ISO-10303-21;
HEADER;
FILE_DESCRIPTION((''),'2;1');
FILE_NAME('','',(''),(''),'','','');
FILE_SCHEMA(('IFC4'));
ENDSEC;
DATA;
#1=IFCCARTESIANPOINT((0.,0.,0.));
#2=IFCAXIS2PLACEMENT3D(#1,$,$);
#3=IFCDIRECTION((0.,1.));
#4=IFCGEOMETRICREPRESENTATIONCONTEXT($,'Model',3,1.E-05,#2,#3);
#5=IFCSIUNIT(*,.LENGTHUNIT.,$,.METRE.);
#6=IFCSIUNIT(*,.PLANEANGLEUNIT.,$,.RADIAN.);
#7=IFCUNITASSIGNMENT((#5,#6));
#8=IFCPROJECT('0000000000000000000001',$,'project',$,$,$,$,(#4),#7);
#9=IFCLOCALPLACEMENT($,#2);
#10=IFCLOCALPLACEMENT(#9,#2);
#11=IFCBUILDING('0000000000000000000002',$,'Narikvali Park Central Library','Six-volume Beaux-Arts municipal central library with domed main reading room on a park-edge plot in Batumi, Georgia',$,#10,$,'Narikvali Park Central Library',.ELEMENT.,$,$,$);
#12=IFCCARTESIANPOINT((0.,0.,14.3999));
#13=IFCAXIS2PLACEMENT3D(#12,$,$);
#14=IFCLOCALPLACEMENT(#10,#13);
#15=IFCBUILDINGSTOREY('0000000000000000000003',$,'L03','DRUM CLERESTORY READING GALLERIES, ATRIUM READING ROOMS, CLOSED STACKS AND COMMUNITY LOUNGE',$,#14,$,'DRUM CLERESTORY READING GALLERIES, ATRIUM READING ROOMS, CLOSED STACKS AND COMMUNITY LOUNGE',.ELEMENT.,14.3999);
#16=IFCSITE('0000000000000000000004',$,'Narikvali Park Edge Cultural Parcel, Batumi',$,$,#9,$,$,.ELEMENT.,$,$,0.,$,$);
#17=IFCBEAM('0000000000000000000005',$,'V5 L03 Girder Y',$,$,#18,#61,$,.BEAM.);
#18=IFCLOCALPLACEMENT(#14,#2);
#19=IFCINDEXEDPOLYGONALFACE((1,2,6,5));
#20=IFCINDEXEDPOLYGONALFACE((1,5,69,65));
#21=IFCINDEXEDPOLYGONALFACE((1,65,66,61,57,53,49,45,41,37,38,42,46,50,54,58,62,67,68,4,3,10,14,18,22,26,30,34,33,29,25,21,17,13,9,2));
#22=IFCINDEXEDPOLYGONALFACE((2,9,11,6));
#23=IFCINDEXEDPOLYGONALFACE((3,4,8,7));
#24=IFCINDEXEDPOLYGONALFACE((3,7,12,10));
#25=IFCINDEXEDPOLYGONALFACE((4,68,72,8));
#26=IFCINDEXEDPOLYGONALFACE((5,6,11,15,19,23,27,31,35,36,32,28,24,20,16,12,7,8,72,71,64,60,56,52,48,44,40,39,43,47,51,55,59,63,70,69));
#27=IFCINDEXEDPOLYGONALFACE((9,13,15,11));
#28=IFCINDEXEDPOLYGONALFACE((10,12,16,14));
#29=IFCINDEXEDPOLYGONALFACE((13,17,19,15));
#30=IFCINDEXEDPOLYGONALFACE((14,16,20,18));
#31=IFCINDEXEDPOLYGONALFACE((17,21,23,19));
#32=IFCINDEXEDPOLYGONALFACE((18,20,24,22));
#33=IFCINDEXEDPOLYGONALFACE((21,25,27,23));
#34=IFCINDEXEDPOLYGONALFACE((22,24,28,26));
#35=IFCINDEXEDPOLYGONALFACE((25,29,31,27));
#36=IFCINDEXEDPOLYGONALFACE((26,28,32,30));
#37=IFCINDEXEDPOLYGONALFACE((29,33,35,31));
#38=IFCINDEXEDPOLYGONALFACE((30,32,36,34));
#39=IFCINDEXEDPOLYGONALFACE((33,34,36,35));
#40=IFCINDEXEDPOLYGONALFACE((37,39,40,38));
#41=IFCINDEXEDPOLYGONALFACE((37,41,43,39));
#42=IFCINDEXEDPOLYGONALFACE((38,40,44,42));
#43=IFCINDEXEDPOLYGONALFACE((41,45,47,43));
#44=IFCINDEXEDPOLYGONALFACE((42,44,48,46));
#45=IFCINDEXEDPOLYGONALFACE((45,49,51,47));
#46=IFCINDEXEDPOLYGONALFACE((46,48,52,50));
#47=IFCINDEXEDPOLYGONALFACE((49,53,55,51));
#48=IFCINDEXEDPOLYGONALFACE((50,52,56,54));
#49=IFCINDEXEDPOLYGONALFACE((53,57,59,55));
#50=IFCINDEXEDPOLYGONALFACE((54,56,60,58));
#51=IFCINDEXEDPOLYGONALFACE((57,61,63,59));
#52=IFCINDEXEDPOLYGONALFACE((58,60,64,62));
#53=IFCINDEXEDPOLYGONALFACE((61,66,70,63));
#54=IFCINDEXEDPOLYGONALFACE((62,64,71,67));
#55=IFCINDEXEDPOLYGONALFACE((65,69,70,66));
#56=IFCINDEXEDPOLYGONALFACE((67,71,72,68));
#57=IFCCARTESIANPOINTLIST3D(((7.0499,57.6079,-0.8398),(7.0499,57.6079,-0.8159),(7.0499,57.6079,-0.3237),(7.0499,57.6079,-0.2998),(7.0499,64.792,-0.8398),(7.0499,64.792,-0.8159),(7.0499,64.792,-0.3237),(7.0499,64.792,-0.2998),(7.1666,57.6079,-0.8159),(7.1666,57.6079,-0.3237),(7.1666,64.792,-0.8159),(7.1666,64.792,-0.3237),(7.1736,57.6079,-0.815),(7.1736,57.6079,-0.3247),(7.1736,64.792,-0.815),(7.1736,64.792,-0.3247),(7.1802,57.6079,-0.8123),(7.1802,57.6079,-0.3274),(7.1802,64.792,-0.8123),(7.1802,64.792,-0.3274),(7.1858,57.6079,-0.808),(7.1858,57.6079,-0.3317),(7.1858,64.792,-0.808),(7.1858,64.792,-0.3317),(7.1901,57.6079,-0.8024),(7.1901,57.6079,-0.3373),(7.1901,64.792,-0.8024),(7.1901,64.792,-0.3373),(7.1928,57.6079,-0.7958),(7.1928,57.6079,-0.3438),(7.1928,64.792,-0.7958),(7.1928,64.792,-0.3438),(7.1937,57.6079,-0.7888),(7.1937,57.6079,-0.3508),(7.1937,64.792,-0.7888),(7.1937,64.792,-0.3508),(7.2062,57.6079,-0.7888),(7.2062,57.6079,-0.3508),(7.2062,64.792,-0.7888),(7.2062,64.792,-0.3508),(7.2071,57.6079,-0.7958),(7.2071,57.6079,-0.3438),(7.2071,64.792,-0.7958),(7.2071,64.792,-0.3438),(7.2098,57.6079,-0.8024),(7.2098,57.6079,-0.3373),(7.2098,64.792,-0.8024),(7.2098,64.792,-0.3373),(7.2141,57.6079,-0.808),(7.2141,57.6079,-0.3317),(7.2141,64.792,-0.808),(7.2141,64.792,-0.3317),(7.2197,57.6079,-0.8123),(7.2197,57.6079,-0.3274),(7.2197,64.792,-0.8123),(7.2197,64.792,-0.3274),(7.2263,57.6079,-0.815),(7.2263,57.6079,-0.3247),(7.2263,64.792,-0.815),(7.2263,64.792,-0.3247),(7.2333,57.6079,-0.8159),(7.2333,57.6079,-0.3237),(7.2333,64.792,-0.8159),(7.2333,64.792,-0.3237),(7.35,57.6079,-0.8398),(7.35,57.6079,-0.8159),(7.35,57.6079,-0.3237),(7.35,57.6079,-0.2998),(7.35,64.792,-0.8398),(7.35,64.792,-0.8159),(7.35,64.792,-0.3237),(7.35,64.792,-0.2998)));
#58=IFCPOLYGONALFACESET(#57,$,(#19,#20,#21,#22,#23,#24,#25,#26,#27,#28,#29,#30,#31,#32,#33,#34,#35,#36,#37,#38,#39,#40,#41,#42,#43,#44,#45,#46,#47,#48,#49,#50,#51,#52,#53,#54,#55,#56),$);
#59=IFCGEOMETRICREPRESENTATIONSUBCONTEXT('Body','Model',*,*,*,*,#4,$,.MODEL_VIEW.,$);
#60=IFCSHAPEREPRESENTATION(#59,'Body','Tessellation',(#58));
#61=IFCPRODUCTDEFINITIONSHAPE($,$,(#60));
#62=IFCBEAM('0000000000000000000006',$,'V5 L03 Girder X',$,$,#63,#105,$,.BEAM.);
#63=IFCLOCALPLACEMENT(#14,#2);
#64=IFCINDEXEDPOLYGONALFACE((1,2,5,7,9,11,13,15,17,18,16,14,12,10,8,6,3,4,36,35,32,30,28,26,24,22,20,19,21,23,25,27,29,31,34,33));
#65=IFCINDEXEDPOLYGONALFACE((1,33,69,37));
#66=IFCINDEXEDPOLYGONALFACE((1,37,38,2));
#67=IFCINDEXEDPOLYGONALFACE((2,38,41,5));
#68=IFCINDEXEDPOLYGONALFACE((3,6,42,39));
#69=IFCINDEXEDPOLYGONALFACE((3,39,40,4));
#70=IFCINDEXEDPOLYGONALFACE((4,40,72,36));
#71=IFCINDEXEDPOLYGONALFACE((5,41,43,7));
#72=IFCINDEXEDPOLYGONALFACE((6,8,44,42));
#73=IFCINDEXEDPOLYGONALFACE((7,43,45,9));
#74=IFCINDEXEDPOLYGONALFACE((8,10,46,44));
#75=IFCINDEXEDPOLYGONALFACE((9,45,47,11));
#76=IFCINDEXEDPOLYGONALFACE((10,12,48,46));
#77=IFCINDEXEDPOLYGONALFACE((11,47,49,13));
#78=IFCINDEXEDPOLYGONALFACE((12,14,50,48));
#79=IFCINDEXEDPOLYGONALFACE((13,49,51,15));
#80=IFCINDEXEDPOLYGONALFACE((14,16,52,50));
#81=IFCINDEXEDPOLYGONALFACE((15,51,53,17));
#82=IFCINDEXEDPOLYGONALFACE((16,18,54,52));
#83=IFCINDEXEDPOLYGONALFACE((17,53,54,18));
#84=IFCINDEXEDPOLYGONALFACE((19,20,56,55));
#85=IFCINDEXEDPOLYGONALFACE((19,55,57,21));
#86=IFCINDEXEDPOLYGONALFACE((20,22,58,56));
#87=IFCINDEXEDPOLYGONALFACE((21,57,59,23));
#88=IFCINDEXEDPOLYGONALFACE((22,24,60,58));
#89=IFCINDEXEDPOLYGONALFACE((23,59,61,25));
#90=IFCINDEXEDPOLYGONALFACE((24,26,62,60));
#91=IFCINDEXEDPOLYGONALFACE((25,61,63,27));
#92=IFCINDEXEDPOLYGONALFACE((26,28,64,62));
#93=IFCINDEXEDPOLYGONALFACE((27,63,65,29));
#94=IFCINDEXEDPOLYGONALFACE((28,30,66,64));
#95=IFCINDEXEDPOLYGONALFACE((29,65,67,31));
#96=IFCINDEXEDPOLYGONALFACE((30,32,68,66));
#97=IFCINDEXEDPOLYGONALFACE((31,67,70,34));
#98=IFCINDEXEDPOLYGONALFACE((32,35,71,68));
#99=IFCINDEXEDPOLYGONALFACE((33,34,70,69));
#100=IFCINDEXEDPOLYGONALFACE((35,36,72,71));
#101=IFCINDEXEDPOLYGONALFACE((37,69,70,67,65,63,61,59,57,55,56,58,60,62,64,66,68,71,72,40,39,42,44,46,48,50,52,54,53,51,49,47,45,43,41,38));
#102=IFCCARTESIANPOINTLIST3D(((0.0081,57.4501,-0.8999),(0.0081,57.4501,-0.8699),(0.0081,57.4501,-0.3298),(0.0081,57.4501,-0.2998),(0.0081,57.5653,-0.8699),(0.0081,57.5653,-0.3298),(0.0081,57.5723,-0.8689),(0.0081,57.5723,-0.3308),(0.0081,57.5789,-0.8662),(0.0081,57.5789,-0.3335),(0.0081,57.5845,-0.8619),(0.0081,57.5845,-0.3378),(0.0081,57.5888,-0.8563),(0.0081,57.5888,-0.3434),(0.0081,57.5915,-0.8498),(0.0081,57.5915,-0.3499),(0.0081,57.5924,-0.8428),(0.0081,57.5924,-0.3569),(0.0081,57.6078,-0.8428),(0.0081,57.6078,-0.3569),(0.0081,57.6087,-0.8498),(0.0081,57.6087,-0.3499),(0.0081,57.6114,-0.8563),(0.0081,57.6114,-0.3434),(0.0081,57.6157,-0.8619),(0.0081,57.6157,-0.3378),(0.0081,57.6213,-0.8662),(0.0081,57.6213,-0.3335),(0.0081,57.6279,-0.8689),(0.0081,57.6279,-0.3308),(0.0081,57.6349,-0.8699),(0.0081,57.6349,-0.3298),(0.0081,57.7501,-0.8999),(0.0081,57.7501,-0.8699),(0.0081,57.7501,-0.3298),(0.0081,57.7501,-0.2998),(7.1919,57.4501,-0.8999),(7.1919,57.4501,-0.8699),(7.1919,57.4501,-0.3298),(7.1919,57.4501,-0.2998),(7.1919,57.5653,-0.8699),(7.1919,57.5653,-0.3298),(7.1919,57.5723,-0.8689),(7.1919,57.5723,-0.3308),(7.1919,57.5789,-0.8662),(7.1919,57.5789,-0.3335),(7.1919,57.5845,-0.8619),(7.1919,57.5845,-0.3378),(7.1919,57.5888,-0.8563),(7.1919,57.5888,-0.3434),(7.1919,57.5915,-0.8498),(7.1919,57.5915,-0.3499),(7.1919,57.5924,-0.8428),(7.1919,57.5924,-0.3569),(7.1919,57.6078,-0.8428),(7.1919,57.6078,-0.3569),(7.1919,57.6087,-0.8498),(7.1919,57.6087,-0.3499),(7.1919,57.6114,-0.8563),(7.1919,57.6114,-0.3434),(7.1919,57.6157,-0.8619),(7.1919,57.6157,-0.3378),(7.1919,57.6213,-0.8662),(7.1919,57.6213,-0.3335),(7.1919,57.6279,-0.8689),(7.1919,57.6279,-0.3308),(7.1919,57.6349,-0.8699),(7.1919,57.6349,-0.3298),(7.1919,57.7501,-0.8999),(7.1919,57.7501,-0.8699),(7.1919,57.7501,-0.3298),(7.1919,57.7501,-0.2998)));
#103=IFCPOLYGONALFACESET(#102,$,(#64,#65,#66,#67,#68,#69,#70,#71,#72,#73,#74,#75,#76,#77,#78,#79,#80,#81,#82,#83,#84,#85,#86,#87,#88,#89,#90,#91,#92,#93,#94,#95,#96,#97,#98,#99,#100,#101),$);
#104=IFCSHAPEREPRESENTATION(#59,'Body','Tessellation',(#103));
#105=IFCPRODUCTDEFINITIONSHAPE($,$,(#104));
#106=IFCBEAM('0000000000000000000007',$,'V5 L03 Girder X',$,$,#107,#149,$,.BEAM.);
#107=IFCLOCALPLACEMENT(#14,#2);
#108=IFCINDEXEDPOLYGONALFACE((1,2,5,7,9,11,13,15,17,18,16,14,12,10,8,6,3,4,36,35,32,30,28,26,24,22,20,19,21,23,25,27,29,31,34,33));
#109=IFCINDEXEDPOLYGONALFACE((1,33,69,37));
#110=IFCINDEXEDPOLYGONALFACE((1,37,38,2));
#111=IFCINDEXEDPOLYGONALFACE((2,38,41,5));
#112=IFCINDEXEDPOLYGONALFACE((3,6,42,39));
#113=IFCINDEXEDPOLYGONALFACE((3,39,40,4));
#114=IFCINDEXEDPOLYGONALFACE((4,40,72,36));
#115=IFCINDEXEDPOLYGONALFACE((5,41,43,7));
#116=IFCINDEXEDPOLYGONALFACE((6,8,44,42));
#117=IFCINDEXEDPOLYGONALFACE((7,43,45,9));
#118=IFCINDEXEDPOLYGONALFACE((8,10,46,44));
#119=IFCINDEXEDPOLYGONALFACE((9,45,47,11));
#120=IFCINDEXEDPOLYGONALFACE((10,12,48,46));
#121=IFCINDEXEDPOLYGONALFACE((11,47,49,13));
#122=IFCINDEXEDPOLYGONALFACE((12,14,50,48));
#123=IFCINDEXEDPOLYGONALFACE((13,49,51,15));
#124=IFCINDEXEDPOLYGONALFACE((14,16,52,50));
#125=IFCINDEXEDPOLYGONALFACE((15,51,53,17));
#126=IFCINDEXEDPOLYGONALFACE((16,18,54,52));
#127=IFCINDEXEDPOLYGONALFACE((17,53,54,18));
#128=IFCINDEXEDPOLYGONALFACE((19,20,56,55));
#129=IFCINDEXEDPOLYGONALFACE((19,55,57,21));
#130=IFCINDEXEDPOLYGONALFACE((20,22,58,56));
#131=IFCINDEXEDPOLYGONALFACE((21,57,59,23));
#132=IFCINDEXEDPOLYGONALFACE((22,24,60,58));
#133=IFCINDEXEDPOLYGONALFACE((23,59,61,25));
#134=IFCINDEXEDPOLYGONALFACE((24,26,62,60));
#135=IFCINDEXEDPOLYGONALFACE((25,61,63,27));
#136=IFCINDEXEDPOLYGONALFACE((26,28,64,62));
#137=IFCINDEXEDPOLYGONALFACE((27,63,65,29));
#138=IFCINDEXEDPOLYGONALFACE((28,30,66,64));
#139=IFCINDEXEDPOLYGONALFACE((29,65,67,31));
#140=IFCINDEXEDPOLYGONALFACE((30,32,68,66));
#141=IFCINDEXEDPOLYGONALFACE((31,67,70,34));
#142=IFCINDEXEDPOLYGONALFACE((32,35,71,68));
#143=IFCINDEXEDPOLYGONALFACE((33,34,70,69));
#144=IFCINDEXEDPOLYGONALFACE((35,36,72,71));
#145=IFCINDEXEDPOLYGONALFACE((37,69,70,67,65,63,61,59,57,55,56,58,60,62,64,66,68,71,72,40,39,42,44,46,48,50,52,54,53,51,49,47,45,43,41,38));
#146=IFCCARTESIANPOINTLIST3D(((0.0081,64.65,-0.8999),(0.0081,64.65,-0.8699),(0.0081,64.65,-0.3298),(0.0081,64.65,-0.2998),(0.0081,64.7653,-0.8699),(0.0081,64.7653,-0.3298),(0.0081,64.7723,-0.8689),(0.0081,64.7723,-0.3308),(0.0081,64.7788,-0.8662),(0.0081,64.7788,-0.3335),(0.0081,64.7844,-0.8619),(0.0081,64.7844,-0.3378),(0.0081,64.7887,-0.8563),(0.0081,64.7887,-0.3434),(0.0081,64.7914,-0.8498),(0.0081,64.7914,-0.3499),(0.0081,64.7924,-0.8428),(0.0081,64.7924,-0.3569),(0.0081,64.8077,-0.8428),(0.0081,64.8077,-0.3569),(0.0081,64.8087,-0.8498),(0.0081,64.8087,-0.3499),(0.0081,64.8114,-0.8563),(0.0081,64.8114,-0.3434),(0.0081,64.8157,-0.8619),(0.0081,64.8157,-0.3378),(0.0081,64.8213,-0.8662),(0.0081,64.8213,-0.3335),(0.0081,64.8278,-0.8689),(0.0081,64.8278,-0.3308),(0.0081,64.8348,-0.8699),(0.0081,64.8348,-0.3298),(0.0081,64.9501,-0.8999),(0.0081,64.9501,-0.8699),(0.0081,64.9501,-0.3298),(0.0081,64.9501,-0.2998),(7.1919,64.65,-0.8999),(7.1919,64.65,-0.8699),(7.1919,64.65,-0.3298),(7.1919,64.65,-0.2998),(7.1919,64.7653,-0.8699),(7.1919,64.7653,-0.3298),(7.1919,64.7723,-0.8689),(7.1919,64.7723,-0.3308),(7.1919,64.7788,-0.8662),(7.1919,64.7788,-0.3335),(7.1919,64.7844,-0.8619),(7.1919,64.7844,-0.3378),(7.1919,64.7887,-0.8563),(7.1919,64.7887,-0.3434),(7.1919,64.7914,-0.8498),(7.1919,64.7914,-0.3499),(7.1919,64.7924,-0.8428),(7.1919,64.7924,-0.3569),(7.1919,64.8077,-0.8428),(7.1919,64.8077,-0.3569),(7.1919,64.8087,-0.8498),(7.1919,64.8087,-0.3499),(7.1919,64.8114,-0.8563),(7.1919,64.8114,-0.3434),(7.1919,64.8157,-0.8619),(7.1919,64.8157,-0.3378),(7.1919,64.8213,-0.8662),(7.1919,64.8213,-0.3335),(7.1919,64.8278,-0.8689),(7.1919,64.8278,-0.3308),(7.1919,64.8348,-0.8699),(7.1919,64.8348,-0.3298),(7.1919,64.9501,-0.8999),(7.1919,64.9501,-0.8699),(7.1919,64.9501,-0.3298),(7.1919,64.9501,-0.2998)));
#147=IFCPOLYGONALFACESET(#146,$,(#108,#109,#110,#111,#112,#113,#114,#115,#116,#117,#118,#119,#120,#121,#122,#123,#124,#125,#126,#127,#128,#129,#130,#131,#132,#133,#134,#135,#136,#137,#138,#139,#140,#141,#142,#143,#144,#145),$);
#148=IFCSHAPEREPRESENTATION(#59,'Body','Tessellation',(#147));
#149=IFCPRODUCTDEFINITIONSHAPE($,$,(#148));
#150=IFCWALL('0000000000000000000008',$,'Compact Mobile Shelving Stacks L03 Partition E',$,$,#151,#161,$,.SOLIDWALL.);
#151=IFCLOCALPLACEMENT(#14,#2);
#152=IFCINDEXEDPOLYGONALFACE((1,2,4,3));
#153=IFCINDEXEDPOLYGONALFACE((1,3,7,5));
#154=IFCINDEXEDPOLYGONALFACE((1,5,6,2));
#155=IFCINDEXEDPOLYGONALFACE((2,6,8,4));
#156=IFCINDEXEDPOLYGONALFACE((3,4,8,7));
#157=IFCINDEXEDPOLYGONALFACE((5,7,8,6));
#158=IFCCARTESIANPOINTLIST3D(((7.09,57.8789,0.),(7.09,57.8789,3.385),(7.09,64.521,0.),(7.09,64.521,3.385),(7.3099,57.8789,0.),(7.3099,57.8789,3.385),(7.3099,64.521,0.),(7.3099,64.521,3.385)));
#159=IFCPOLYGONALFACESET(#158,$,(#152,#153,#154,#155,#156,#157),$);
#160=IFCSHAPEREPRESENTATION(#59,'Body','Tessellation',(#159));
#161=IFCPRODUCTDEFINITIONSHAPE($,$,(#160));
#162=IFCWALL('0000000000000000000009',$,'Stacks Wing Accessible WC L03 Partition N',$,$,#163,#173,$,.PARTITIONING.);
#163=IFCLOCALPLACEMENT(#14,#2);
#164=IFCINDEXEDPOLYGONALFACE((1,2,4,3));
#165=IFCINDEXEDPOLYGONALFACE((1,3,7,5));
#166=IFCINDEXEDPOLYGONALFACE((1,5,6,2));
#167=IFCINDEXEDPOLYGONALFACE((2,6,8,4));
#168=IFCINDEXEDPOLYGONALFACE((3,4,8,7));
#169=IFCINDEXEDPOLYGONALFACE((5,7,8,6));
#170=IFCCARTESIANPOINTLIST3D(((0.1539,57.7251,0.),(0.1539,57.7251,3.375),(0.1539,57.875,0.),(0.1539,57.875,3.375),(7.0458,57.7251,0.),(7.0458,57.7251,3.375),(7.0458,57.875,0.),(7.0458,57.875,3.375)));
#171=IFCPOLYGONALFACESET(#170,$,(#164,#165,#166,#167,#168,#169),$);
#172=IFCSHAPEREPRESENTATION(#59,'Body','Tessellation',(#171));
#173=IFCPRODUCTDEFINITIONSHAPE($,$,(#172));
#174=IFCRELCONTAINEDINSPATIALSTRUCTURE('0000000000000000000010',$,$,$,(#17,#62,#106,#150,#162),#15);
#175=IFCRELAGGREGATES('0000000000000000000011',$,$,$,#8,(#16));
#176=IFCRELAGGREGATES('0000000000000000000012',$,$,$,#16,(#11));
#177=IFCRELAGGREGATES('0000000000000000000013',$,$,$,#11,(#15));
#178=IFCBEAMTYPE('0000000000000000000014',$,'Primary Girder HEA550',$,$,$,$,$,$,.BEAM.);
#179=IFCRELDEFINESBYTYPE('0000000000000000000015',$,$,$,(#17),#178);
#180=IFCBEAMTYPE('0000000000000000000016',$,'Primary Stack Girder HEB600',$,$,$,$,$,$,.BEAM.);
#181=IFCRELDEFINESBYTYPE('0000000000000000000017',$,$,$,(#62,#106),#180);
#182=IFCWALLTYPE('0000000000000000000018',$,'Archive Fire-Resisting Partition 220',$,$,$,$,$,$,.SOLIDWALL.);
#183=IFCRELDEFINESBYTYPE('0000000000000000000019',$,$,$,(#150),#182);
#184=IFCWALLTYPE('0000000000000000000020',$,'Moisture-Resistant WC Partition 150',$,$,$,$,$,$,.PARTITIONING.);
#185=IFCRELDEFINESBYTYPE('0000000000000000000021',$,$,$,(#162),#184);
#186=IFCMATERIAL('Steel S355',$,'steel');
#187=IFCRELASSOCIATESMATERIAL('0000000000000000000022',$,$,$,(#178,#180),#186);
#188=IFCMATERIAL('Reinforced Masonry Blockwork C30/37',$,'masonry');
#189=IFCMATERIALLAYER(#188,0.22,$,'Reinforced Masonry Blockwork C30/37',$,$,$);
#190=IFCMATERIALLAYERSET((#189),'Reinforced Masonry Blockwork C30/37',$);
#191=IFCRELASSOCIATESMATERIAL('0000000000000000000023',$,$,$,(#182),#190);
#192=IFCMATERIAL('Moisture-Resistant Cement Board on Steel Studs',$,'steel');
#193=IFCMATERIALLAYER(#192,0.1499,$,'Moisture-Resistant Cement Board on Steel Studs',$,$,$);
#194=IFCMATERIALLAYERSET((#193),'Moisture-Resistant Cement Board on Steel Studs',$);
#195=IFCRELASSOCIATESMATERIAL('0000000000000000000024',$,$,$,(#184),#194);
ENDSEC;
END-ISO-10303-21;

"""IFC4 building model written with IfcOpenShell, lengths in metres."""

from ifc_helpers import new_model, si_unit, direction, frame, frame_2d, origin, origin_2d, place, context, subcontext, project, spatial, rectangle, i_section, extrude, material, layer, layer_set, material_profile, profile_set, type_object, element, save


model = new_model("IFC4")

# Units and contexts
model_context = context("Model", 3, precision=1e-05, world=origin(), true_north=direction((0.0, 1.0)))
body_context = subcontext(model_context, "Body", "Model", "MODEL_VIEW")
ifc_project = project(units=[si_unit("LENGTHUNIT", "METRE"), si_unit("PLANEANGLEUNIT", "RADIAN")], contexts=[model_context])

# Site, building, storey
site_placement = place(None, origin())
site = spatial("IfcSite", under=ifc_project, at=site_placement, Name="Narikvali Park Edge Cultural Parcel, Batumi", CompositionType="ELEMENT", RefElevation=0.0)
building_placement = place(site_placement, origin())
building = spatial("IfcBuilding", under=site, at=building_placement, Name="Narikvali Park Central Library", Description="Six-volume Beaux-Arts municipal central library with domed main reading room on a park-edge plot in Batumi, Georgia", LongName="Narikvali Park Central Library", CompositionType="ELEMENT")
storey_placement = place(building_placement, frame((0.0, 0.0, 14.3999)))
storey = spatial("IfcBuildingStorey", under=building, at=storey_placement, Name="L03", Description="DRUM CLERESTORY READING GALLERIES, ATRIUM READING ROOMS, CLOSED STACKS AND COMMUNITY LOUNGE", LongName="DRUM CLERESTORY READING GALLERIES, ATRIUM READING ROOMS, CLOSED STACKS AND COMMUNITY LOUNGE", CompositionType="ELEMENT", Elevation=14.3999)

# Shared definitions
ifc_material_1 = material(Name="Steel S355", Category="steel")

# Beams
ifc_material_profile_1 = material_profile(ifc_material_1, i_section(OverallWidth=0.3, OverallDepth=0.54, WebThickness=0.0125, FlangeThickness=0.0239, FilletRadius=0.0271, at=origin_2d()), Name="HEA 550")
ifc_profile_set_1 = profile_set([ifc_material_profile_1], Name="Steel S355")
beam_type_1 = type_object("IfcBeamType", Name="Primary Girder HEA550", PredefinedType="BEAM", material=ifc_profile_set_1)
beam_1_placement = place(storey_placement, frame((7.2, 57.6079, -0.5698), z_axis=(0.0, 1.0, 0.0), x_axis=(-1.0, 0.0, 0.0)))
element("IfcBeam", 1, at=beam_1_placement, inside=storey, type_object=beam_type_1, Name="V5 L03 Girder Y", PredefinedType="BEAM", context=body_context, shape_type="SweptSolid", body=[
    extrude(i_section(OverallWidth=0.3, OverallDepth=0.54, WebThickness=0.0125, FlangeThickness=0.0239, FilletRadius=0.0271, at=origin_2d()), origin(), (0.0, 0.0, 1.0), 7.1841),
])
ifc_material_profile_2 = material_profile(ifc_material_1, i_section(OverallWidth=0.3, OverallDepth=0.6001, WebThickness=0.0154, FlangeThickness=0.03, FilletRadius=0.0271, at=origin_2d()), Name="HEB 600")
ifc_profile_set_2 = profile_set([ifc_material_profile_2], Name="Steel S355")
beam_type_2 = type_object("IfcBeamType", Name="Primary Stack Girder HEB600", PredefinedType="BEAM", material=ifc_profile_set_2)
for number, where, z_axis, x_axis, name in (
    (2, (0.0081, 57.6001, -0.5999), (1.0, 0.0, 0.0), (0.0, 1.0, 0.0), "V5 L03 Girder X"),
    (3, (0.0081, 64.8, -0.5999), (1.0, 0.0, 0.0), (0.0, 1.0, 0.0), "V5 L03 Girder X"),
):
    element("IfcBeam", number, at=place(storey_placement, frame(where, z_axis=z_axis, x_axis=x_axis)), inside=storey, type_object=beam_type_2, Name=name, PredefinedType="BEAM", context=body_context, shape_type="SweptSolid", body=[
        extrude(i_section(OverallWidth=0.3, OverallDepth=0.6001, WebThickness=0.0154, FlangeThickness=0.03, FilletRadius=0.0271, at=origin_2d()), origin(), (0.0, 0.0, 1.0), 7.1838),
    ])

# Walls
ifc_material_2 = material(Name="Reinforced Masonry Blockwork C30/37", Category="masonry")
ifc_layer_1 = layer(ifc_material_2, 0.22, Name="Reinforced Masonry Blockwork C30/37")
ifc_layer_set_1 = layer_set([ifc_layer_1], Name="Reinforced Masonry Blockwork C30/37")
wall_type_1 = type_object("IfcWallType", Name="Archive Fire-Resisting Partition 220", PredefinedType="SOLIDWALL", material=ifc_layer_set_1)
wall_1_placement = place(storey_placement, frame((7.2, 57.8789, 0.0), z_axis=(0.0, 0.0, 1.0), x_axis=(0.0, 1.0, 0.0)))
element("IfcWall", 4, at=wall_1_placement, inside=storey, type_object=wall_type_1, Name="Compact Mobile Shelving Stacks L03 Partition E", PredefinedType="SOLIDWALL", context=body_context, shape_type="SweptSolid", body=[
    extrude(rectangle(XDim=6.6421, YDim=0.22, at=frame_2d((3.321, 0.0))), origin(), (0.0, 0.0, 1.0), 3.385),
])
ifc_material_3 = material(Name="Moisture-Resistant Cement Board on Steel Studs", Category="steel")
ifc_layer_2 = layer(ifc_material_3, 0.1499, Name="Moisture-Resistant Cement Board on Steel Studs")
ifc_layer_set_2 = layer_set([ifc_layer_2], Name="Moisture-Resistant Cement Board on Steel Studs")
wall_type_2 = type_object("IfcWallType", Name="Moisture-Resistant WC Partition 150", PredefinedType="PARTITIONING", material=ifc_layer_set_2)
wall_2_placement = place(storey_placement, frame((0.1541, 57.8, 0.0), z_axis=(0.0, 0.0, 1.0), x_axis=(1.0, 0.0, 0.0)))
element("IfcWall", 5, at=wall_2_placement, inside=storey, type_object=wall_type_2, Name="Stacks Wing Accessible WC L03 Partition N", PredefinedType="PARTITIONING", context=body_context, shape_type="SweptSolid", body=[
    extrude(rectangle(XDim=6.8918, YDim=0.1499, at=frame_2d((3.4458, 0.0))), origin(), (0.0, 0.0, 1.0), 3.375),
])

save(model, "model.ifc")
